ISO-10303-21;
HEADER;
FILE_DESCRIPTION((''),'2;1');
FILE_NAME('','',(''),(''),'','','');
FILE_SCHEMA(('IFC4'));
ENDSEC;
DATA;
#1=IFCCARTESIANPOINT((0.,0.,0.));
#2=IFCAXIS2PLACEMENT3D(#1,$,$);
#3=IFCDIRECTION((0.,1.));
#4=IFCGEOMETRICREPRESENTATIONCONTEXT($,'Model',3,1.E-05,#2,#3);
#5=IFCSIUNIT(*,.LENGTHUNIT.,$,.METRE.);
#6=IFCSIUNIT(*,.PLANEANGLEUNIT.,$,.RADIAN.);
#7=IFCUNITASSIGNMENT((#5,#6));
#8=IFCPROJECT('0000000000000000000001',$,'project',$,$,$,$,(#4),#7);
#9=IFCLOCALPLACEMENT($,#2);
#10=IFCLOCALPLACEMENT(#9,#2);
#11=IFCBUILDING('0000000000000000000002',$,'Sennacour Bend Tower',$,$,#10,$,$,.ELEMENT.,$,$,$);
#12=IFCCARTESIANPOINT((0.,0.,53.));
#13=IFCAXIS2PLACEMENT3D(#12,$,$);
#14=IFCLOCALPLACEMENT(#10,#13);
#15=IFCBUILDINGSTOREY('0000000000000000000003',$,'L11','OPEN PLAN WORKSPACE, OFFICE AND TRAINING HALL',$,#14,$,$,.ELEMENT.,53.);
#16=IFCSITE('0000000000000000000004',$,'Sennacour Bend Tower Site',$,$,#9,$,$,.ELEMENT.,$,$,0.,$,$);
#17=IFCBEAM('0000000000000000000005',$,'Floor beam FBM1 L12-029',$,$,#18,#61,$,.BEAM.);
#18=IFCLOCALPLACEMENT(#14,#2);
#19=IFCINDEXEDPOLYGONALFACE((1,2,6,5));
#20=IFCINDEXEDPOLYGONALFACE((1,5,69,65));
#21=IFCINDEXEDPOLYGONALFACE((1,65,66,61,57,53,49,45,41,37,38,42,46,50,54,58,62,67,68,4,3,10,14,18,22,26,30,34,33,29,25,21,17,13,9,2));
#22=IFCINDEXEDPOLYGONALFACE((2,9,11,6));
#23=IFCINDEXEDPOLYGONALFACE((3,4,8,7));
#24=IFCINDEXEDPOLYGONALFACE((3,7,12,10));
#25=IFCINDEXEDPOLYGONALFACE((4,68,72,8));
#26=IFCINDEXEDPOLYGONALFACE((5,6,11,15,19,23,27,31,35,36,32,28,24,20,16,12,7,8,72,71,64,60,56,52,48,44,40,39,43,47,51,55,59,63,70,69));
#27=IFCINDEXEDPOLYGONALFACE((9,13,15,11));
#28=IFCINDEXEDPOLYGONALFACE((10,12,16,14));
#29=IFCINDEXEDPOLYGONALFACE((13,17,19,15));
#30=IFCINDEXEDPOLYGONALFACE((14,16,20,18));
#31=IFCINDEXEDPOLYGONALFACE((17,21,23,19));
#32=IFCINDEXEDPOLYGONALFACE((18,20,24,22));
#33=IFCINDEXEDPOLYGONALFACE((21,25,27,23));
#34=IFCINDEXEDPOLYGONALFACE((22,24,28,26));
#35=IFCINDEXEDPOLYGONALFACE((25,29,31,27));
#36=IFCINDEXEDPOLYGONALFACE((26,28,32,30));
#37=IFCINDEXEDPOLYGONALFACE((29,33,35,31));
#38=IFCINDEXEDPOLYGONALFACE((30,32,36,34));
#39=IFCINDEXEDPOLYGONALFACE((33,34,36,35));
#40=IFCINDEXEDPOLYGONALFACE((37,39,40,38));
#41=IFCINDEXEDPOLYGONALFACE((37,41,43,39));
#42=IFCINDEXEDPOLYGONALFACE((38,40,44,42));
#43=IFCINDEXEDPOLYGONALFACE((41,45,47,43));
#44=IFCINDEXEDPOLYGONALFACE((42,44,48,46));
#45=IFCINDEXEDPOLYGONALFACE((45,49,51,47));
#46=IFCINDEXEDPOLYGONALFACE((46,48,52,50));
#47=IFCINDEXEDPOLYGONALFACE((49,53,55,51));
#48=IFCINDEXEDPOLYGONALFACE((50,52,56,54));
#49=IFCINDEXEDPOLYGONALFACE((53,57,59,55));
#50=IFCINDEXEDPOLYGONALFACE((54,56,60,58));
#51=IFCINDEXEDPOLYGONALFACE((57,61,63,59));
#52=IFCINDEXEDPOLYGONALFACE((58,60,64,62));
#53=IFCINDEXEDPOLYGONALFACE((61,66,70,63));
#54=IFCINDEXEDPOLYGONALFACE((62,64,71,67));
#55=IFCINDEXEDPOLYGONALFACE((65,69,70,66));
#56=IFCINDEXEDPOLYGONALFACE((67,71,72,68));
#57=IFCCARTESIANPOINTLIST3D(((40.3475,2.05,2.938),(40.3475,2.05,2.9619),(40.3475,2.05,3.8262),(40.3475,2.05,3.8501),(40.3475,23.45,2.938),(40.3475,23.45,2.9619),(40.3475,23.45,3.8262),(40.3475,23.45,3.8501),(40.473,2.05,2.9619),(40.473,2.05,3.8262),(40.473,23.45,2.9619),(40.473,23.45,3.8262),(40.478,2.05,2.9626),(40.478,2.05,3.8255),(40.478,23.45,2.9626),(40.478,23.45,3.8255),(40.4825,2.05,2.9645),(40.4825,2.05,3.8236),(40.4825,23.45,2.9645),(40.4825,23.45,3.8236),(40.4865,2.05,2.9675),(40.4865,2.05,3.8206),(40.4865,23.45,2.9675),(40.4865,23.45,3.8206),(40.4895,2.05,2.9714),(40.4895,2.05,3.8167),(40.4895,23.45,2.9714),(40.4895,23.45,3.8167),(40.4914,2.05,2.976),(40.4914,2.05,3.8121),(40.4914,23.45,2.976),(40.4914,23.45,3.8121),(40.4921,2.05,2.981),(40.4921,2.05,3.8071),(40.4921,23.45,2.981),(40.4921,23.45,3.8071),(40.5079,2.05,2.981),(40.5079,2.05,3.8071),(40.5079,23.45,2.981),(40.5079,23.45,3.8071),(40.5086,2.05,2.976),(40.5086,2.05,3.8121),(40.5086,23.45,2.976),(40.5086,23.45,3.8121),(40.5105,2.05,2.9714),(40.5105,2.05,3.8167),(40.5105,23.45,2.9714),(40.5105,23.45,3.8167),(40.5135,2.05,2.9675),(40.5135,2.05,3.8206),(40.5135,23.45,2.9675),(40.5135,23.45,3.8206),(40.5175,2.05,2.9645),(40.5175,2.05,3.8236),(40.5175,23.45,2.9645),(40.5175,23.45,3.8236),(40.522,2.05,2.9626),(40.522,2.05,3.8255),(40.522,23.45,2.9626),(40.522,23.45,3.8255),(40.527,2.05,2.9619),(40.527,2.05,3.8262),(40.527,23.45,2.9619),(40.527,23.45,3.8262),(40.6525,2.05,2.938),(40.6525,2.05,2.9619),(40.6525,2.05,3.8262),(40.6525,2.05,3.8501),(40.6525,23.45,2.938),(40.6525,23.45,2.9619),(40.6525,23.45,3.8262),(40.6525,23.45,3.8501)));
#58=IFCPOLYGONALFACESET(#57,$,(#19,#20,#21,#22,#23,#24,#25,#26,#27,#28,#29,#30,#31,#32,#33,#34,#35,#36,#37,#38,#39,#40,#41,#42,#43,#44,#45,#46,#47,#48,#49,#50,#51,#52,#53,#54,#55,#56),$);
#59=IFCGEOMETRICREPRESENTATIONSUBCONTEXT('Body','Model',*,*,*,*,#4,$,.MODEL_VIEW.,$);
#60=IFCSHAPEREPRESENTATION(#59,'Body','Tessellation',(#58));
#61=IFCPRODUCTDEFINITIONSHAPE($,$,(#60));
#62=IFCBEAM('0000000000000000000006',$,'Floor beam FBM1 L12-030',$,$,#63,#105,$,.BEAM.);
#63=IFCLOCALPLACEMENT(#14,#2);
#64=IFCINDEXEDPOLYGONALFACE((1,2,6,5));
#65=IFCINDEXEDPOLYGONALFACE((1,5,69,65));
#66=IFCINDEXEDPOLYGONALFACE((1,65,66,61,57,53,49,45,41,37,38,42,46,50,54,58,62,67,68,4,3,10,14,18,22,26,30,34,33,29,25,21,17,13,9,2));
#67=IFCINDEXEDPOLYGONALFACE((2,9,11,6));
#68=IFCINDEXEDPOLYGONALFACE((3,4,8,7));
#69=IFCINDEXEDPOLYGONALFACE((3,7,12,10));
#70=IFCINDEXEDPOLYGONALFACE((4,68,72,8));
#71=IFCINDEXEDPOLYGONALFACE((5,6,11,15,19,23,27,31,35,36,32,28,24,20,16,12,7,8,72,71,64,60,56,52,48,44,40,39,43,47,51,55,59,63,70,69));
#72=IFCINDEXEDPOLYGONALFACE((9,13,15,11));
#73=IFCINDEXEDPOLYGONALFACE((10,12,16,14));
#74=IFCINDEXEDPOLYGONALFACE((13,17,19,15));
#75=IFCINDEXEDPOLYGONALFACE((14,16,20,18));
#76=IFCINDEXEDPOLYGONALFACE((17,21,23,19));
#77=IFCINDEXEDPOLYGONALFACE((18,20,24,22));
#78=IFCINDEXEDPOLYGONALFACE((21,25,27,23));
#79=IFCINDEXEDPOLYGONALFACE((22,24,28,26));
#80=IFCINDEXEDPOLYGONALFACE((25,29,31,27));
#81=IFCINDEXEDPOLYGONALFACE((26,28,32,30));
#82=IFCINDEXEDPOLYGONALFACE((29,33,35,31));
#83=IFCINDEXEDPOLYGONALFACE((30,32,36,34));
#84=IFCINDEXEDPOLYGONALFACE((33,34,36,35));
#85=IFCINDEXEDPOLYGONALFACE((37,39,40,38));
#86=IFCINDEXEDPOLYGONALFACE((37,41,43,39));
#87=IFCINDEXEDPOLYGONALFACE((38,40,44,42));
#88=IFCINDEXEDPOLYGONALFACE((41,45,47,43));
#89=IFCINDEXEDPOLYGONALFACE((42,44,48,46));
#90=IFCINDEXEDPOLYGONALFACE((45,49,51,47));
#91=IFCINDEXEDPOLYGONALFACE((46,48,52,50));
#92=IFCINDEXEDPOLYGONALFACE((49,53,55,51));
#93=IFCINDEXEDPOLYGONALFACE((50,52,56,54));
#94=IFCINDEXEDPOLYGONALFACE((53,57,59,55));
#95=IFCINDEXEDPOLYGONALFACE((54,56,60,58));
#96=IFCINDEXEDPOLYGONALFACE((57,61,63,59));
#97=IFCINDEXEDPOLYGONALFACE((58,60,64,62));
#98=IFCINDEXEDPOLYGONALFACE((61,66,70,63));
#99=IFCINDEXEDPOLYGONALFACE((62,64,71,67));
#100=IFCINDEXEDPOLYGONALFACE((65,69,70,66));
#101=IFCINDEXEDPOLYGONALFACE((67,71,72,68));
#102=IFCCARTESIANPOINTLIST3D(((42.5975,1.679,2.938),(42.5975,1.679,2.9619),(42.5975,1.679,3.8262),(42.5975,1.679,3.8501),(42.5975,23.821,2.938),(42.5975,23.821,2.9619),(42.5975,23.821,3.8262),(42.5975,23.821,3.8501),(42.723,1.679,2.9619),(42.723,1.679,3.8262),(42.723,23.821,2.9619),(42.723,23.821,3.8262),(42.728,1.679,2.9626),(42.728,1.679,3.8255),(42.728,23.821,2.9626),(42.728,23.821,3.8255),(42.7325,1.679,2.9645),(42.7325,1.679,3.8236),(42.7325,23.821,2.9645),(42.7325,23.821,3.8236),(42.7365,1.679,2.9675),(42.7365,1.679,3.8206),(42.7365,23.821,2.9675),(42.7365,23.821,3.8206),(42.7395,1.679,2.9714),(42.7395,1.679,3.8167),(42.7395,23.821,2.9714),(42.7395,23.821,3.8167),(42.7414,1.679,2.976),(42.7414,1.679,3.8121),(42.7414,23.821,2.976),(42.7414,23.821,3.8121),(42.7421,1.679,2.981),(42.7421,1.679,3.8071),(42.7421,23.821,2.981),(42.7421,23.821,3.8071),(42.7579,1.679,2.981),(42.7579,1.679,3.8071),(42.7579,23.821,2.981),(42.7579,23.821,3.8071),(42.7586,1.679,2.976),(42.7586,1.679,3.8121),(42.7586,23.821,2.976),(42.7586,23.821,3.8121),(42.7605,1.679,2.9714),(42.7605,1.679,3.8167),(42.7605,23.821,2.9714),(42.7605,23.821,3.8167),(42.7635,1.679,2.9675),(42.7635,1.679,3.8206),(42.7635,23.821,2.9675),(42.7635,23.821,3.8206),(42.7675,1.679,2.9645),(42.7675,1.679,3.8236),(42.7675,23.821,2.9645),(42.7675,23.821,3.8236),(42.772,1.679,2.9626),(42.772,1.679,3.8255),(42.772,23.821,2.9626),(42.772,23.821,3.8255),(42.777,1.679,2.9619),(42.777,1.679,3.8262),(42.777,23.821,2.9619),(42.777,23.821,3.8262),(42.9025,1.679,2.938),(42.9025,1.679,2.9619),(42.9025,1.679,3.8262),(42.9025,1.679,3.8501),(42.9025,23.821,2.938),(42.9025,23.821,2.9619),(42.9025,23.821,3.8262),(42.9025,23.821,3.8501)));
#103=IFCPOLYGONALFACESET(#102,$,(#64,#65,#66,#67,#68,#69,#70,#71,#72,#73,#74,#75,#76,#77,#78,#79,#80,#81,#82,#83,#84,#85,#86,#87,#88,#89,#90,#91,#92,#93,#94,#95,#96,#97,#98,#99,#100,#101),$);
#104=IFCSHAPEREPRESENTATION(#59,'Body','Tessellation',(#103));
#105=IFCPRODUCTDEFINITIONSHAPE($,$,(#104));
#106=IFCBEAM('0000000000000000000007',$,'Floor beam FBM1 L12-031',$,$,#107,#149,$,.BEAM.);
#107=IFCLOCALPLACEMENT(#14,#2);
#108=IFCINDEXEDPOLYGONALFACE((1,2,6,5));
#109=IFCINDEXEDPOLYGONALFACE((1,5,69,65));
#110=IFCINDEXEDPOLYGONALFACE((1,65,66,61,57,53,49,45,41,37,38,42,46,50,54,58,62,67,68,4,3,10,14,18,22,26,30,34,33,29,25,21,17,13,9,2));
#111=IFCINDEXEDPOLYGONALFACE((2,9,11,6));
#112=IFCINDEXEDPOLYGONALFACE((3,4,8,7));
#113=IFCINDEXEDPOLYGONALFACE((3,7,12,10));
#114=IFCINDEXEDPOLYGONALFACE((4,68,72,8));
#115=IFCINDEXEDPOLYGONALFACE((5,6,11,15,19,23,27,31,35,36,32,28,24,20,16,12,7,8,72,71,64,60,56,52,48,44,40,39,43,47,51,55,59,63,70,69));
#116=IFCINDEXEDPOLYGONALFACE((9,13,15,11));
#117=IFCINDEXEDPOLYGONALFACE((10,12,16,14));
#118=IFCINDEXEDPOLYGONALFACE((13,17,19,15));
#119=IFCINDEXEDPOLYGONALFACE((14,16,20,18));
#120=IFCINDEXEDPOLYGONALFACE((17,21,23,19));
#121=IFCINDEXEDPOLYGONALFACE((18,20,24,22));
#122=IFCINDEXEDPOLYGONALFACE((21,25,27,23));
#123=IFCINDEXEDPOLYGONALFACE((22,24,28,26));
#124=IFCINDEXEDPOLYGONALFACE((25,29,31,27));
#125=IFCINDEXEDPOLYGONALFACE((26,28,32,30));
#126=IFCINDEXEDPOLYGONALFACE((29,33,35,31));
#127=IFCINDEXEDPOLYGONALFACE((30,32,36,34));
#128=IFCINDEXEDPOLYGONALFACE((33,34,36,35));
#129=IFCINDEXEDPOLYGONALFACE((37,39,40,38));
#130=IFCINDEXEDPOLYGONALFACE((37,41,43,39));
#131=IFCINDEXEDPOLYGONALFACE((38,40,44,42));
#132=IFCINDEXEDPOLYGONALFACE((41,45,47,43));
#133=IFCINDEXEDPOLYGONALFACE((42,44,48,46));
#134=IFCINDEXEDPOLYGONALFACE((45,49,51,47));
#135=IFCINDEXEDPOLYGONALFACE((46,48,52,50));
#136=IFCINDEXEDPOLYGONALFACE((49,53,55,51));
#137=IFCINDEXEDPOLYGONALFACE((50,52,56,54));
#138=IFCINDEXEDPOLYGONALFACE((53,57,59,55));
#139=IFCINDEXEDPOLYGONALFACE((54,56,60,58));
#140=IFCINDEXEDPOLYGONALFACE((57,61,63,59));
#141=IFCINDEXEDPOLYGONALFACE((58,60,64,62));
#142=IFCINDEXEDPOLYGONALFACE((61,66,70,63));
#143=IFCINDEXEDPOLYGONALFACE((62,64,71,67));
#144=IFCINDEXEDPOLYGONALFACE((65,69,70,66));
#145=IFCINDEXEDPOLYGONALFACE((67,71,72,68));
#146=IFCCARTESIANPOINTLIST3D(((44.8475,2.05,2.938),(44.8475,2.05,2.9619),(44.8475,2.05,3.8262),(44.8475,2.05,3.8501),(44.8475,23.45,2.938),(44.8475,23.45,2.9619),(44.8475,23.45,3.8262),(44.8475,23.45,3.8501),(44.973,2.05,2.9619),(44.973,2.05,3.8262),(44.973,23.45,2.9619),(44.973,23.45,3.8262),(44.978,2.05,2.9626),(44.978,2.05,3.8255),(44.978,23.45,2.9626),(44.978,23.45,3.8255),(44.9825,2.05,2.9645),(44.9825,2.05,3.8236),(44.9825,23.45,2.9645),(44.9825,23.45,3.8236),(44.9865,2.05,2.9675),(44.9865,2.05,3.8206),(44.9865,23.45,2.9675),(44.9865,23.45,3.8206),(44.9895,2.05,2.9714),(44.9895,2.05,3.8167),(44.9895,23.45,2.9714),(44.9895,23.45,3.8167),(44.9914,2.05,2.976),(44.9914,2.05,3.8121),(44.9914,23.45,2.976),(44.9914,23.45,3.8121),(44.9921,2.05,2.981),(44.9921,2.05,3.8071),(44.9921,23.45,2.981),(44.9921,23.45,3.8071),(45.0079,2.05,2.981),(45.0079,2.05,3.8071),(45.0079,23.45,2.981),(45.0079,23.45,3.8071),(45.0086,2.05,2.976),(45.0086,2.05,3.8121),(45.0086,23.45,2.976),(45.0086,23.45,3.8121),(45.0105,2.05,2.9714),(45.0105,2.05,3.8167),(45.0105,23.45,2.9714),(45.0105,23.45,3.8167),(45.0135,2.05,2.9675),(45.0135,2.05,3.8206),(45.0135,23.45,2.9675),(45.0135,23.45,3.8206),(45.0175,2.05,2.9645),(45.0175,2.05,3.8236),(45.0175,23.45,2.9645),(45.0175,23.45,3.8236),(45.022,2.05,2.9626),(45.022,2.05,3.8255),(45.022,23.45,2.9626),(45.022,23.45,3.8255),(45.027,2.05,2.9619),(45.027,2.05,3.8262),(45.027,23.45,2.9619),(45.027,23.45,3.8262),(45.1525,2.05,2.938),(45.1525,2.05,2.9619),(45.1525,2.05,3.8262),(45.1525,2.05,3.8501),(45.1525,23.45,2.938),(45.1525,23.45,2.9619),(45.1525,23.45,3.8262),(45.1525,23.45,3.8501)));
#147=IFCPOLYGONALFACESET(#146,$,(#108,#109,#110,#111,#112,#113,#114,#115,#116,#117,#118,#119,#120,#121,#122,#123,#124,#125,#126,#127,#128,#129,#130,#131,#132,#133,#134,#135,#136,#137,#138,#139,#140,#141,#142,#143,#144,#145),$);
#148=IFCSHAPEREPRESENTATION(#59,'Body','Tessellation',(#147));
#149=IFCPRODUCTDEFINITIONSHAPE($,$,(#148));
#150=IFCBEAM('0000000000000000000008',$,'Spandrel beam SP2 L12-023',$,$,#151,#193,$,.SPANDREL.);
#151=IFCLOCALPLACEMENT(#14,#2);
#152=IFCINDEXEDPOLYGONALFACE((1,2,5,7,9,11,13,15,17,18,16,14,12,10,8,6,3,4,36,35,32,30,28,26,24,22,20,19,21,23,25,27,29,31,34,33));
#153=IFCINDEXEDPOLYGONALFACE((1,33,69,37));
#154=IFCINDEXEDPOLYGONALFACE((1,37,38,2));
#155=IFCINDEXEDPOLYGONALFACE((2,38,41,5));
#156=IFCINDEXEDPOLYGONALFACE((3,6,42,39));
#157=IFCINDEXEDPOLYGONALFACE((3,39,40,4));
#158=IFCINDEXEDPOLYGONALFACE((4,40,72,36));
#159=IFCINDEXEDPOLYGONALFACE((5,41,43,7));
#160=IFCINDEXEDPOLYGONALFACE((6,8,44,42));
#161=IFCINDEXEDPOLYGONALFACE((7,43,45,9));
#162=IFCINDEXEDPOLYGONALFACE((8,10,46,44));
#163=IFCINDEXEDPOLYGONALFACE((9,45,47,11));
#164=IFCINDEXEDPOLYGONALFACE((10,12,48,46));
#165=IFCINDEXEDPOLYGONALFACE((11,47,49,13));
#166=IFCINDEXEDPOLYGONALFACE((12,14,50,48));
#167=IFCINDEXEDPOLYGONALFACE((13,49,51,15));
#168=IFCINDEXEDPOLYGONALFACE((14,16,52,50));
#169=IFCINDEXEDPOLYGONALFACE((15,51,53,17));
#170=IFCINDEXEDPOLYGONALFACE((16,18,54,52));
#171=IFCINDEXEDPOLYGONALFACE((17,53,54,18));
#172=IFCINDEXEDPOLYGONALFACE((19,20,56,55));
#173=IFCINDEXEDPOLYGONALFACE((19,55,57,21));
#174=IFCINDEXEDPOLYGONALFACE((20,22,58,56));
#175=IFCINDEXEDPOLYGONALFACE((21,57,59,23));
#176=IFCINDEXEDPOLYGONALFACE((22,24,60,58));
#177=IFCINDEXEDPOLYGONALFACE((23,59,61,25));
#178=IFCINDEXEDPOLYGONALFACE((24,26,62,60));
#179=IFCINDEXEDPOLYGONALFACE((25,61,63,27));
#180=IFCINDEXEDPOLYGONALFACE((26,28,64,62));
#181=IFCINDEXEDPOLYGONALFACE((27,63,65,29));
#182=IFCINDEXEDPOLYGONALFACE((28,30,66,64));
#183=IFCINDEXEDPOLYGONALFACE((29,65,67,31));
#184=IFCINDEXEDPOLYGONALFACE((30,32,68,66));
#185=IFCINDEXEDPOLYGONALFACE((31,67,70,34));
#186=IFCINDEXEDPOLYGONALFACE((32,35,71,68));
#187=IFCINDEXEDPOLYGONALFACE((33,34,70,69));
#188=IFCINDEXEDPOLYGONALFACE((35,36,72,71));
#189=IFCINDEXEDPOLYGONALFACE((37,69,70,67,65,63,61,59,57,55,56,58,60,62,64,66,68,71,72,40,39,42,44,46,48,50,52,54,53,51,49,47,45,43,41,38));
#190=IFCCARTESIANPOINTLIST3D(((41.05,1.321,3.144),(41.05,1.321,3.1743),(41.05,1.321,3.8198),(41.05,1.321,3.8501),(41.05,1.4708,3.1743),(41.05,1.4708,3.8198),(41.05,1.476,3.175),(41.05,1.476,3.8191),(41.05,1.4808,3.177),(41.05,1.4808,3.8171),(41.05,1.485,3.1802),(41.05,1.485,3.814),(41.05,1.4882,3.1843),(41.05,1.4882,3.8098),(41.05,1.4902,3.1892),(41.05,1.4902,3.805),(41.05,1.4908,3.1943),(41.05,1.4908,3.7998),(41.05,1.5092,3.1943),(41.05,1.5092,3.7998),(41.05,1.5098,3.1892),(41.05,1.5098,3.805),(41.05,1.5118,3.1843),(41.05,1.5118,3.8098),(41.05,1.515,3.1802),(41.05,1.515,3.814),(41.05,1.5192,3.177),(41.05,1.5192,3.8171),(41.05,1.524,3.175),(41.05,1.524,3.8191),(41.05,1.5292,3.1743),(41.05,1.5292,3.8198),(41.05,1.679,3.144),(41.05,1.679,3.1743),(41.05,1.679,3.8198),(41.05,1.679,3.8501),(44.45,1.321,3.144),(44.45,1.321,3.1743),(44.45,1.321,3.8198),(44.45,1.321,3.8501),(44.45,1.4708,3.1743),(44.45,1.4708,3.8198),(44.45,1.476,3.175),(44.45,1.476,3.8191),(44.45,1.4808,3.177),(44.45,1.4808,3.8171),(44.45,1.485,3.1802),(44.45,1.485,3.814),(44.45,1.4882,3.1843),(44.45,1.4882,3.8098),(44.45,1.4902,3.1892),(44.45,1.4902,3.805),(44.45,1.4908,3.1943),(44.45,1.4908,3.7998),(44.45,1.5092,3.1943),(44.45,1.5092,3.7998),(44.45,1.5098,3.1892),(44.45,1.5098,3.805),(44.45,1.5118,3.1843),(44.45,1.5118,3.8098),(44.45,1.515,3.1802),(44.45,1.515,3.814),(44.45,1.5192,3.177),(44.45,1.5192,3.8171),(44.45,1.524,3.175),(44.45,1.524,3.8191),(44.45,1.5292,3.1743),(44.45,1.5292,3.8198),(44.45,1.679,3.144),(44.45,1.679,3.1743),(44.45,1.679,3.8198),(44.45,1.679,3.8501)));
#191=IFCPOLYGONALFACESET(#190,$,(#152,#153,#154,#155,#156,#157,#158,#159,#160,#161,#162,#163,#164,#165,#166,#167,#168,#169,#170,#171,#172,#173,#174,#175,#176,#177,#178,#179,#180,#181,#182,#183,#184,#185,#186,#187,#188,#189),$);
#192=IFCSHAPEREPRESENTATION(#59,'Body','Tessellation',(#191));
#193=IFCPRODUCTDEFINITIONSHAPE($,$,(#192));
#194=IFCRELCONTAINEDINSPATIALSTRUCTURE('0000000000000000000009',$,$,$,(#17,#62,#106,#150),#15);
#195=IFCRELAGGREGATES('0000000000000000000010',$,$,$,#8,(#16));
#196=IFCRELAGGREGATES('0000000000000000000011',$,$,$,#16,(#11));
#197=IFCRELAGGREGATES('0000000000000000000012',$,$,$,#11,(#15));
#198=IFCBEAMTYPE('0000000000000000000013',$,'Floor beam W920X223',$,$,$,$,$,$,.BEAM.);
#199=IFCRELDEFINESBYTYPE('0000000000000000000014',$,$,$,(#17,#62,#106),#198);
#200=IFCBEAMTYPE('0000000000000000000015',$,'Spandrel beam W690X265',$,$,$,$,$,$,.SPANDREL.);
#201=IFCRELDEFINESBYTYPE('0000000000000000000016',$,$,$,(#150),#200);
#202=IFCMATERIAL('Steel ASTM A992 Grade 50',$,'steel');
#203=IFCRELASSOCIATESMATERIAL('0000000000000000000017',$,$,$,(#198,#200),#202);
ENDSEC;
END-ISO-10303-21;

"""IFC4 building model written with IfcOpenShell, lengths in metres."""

from ifc_helpers import new_model, si_unit, direction, frame, origin, origin_2d, place, context, subcontext, project, spatial, i_section, extrude, material, material_profile, profile_set, type_object, element, save


model = new_model("IFC4")

# Units and contexts
model_context = context("Model", 3, precision=1e-05, world=origin(), true_north=direction((0.0, 1.0)))
body_context = subcontext(model_context, "Body", "Model", "MODEL_VIEW")
ifc_project = project(units=[si_unit("LENGTHUNIT", "METRE"), si_unit("PLANEANGLEUNIT", "RADIAN")], contexts=[model_context])

# Site, building, storey
site_placement = place(None, origin())
site = spatial("IfcSite", under=ifc_project, at=site_placement, Name="Sennacour Bend Tower Site", CompositionType="ELEMENT", RefElevation=0.0)
building_placement = place(site_placement, origin())
building = spatial("IfcBuilding", under=site, at=building_placement, Name="Sennacour Bend Tower", CompositionType="ELEMENT")
storey_placement = place(building_placement, frame((0.0, 0.0, 53.0)))
storey = spatial("IfcBuildingStorey", under=building, at=storey_placement, Name="L11", Description="OPEN PLAN WORKSPACE, OFFICE AND TRAINING HALL", CompositionType="ELEMENT", Elevation=53.0)

# Beams
ifc_material_1 = material(Name="Steel ASTM A992 Grade 50", Category="steel")
ifc_material_profile_1 = material_profile(ifc_material_1, i_section(OverallWidth=0.3049, OverallDepth=0.9121, WebThickness=0.0159, FlangeThickness=0.0239, FilletRadius=0.019, at=origin_2d()), Name="Steel ASTM A992 Grade 50", Category="steel")
ifc_profile_set_1 = profile_set([ifc_material_profile_1], Name="Steel ASTM A992 Grade 50")
beam_type_1 = type_object("IfcBeamType", Name="Floor beam W920X223", PredefinedType="BEAM", material=ifc_profile_set_1)
beam_1_placement = place(storey_placement, frame((40.5, 2.05, 3.394), z_axis=(0.0, 1.0, 0.0), x_axis=(-1.0, 0.0, 0.0)))
element("IfcBeam", 1, at=beam_1_placement, inside=storey, type_object=beam_type_1, Name="Floor beam FBM1 L12-029", PredefinedType="BEAM", context=body_context, shape_type="SweptSolid", body=[
    extrude(i_section(OverallWidth=0.3049, OverallDepth=0.9121, WebThickness=0.0159, FlangeThickness=0.0239, FilletRadius=0.019, at=origin_2d()), origin(), (0.0, 0.0, 1.0), 21.3999),
])
beam_2_placement = place(storey_placement, frame((42.75, 1.679, 3.394), z_axis=(0.0, 1.0, 0.0), x_axis=(-1.0, 0.0, 0.0)))
element("IfcBeam", 2, at=beam_2_placement, inside=storey, type_object=beam_type_1, Name="Floor beam FBM1 L12-030", PredefinedType="BEAM", context=body_context, shape_type="SweptSolid", body=[
    extrude(i_section(OverallWidth=0.3049, OverallDepth=0.9121, WebThickness=0.0159, FlangeThickness=0.0239, FilletRadius=0.019, at=origin_2d()), origin(), (0.0, 0.0, 1.0), 22.1421),
])
beam_3_placement = place(storey_placement, frame((45.0, 2.05, 3.394), z_axis=(0.0, 1.0, 0.0), x_axis=(-1.0, 0.0, 0.0)))
element("IfcBeam", 3, at=beam_3_placement, inside=storey, type_object=beam_type_1, Name="Floor beam FBM1 L12-031", PredefinedType="BEAM", context=body_context, shape_type="SweptSolid", body=[
    extrude(i_section(OverallWidth=0.3049, OverallDepth=0.9121, WebThickness=0.0159, FlangeThickness=0.0239, FilletRadius=0.019, at=origin_2d()), origin(), (0.0, 0.0, 1.0), 21.3999),
])
ifc_material_profile_2 = material_profile(ifc_material_1, i_section(OverallWidth=0.3579, OverallDepth=0.7061, WebThickness=0.0183, FlangeThickness=0.0303, FilletRadius=0.02, at=origin_2d()), Name="Steel ASTM A992 Grade 50", Category="steel")
ifc_profile_set_2 = profile_set([ifc_material_profile_2], Name="Steel ASTM A992 Grade 50")
beam_type_2 = type_object("IfcBeamType", Name="Spandrel beam W690X265", PredefinedType="SPANDREL", material=ifc_profile_set_2)
for number, where, z_axis, x_axis, name in (
    (4, (44.45, 1.5, 3.4971), (-1.0, 0.0, 0.0), (0.0, -1.0, 0.0), "Spandrel beam SP2 L12-023"),
):
    element("IfcBeam", number, at=place(storey_placement, frame(where, z_axis=z_axis, x_axis=x_axis)), inside=storey, type_object=beam_type_2, Name=name, PredefinedType="SPANDREL", context=body_context, shape_type="SweptSolid", body=[
        extrude(i_section(OverallWidth=0.3579, OverallDepth=0.7061, WebThickness=0.0183, FlangeThickness=0.0303, FilletRadius=0.02, at=origin_2d()), origin(), (0.0, 0.0, 1.0), 3.3999),
    ])

save(model, "model.ifc")
